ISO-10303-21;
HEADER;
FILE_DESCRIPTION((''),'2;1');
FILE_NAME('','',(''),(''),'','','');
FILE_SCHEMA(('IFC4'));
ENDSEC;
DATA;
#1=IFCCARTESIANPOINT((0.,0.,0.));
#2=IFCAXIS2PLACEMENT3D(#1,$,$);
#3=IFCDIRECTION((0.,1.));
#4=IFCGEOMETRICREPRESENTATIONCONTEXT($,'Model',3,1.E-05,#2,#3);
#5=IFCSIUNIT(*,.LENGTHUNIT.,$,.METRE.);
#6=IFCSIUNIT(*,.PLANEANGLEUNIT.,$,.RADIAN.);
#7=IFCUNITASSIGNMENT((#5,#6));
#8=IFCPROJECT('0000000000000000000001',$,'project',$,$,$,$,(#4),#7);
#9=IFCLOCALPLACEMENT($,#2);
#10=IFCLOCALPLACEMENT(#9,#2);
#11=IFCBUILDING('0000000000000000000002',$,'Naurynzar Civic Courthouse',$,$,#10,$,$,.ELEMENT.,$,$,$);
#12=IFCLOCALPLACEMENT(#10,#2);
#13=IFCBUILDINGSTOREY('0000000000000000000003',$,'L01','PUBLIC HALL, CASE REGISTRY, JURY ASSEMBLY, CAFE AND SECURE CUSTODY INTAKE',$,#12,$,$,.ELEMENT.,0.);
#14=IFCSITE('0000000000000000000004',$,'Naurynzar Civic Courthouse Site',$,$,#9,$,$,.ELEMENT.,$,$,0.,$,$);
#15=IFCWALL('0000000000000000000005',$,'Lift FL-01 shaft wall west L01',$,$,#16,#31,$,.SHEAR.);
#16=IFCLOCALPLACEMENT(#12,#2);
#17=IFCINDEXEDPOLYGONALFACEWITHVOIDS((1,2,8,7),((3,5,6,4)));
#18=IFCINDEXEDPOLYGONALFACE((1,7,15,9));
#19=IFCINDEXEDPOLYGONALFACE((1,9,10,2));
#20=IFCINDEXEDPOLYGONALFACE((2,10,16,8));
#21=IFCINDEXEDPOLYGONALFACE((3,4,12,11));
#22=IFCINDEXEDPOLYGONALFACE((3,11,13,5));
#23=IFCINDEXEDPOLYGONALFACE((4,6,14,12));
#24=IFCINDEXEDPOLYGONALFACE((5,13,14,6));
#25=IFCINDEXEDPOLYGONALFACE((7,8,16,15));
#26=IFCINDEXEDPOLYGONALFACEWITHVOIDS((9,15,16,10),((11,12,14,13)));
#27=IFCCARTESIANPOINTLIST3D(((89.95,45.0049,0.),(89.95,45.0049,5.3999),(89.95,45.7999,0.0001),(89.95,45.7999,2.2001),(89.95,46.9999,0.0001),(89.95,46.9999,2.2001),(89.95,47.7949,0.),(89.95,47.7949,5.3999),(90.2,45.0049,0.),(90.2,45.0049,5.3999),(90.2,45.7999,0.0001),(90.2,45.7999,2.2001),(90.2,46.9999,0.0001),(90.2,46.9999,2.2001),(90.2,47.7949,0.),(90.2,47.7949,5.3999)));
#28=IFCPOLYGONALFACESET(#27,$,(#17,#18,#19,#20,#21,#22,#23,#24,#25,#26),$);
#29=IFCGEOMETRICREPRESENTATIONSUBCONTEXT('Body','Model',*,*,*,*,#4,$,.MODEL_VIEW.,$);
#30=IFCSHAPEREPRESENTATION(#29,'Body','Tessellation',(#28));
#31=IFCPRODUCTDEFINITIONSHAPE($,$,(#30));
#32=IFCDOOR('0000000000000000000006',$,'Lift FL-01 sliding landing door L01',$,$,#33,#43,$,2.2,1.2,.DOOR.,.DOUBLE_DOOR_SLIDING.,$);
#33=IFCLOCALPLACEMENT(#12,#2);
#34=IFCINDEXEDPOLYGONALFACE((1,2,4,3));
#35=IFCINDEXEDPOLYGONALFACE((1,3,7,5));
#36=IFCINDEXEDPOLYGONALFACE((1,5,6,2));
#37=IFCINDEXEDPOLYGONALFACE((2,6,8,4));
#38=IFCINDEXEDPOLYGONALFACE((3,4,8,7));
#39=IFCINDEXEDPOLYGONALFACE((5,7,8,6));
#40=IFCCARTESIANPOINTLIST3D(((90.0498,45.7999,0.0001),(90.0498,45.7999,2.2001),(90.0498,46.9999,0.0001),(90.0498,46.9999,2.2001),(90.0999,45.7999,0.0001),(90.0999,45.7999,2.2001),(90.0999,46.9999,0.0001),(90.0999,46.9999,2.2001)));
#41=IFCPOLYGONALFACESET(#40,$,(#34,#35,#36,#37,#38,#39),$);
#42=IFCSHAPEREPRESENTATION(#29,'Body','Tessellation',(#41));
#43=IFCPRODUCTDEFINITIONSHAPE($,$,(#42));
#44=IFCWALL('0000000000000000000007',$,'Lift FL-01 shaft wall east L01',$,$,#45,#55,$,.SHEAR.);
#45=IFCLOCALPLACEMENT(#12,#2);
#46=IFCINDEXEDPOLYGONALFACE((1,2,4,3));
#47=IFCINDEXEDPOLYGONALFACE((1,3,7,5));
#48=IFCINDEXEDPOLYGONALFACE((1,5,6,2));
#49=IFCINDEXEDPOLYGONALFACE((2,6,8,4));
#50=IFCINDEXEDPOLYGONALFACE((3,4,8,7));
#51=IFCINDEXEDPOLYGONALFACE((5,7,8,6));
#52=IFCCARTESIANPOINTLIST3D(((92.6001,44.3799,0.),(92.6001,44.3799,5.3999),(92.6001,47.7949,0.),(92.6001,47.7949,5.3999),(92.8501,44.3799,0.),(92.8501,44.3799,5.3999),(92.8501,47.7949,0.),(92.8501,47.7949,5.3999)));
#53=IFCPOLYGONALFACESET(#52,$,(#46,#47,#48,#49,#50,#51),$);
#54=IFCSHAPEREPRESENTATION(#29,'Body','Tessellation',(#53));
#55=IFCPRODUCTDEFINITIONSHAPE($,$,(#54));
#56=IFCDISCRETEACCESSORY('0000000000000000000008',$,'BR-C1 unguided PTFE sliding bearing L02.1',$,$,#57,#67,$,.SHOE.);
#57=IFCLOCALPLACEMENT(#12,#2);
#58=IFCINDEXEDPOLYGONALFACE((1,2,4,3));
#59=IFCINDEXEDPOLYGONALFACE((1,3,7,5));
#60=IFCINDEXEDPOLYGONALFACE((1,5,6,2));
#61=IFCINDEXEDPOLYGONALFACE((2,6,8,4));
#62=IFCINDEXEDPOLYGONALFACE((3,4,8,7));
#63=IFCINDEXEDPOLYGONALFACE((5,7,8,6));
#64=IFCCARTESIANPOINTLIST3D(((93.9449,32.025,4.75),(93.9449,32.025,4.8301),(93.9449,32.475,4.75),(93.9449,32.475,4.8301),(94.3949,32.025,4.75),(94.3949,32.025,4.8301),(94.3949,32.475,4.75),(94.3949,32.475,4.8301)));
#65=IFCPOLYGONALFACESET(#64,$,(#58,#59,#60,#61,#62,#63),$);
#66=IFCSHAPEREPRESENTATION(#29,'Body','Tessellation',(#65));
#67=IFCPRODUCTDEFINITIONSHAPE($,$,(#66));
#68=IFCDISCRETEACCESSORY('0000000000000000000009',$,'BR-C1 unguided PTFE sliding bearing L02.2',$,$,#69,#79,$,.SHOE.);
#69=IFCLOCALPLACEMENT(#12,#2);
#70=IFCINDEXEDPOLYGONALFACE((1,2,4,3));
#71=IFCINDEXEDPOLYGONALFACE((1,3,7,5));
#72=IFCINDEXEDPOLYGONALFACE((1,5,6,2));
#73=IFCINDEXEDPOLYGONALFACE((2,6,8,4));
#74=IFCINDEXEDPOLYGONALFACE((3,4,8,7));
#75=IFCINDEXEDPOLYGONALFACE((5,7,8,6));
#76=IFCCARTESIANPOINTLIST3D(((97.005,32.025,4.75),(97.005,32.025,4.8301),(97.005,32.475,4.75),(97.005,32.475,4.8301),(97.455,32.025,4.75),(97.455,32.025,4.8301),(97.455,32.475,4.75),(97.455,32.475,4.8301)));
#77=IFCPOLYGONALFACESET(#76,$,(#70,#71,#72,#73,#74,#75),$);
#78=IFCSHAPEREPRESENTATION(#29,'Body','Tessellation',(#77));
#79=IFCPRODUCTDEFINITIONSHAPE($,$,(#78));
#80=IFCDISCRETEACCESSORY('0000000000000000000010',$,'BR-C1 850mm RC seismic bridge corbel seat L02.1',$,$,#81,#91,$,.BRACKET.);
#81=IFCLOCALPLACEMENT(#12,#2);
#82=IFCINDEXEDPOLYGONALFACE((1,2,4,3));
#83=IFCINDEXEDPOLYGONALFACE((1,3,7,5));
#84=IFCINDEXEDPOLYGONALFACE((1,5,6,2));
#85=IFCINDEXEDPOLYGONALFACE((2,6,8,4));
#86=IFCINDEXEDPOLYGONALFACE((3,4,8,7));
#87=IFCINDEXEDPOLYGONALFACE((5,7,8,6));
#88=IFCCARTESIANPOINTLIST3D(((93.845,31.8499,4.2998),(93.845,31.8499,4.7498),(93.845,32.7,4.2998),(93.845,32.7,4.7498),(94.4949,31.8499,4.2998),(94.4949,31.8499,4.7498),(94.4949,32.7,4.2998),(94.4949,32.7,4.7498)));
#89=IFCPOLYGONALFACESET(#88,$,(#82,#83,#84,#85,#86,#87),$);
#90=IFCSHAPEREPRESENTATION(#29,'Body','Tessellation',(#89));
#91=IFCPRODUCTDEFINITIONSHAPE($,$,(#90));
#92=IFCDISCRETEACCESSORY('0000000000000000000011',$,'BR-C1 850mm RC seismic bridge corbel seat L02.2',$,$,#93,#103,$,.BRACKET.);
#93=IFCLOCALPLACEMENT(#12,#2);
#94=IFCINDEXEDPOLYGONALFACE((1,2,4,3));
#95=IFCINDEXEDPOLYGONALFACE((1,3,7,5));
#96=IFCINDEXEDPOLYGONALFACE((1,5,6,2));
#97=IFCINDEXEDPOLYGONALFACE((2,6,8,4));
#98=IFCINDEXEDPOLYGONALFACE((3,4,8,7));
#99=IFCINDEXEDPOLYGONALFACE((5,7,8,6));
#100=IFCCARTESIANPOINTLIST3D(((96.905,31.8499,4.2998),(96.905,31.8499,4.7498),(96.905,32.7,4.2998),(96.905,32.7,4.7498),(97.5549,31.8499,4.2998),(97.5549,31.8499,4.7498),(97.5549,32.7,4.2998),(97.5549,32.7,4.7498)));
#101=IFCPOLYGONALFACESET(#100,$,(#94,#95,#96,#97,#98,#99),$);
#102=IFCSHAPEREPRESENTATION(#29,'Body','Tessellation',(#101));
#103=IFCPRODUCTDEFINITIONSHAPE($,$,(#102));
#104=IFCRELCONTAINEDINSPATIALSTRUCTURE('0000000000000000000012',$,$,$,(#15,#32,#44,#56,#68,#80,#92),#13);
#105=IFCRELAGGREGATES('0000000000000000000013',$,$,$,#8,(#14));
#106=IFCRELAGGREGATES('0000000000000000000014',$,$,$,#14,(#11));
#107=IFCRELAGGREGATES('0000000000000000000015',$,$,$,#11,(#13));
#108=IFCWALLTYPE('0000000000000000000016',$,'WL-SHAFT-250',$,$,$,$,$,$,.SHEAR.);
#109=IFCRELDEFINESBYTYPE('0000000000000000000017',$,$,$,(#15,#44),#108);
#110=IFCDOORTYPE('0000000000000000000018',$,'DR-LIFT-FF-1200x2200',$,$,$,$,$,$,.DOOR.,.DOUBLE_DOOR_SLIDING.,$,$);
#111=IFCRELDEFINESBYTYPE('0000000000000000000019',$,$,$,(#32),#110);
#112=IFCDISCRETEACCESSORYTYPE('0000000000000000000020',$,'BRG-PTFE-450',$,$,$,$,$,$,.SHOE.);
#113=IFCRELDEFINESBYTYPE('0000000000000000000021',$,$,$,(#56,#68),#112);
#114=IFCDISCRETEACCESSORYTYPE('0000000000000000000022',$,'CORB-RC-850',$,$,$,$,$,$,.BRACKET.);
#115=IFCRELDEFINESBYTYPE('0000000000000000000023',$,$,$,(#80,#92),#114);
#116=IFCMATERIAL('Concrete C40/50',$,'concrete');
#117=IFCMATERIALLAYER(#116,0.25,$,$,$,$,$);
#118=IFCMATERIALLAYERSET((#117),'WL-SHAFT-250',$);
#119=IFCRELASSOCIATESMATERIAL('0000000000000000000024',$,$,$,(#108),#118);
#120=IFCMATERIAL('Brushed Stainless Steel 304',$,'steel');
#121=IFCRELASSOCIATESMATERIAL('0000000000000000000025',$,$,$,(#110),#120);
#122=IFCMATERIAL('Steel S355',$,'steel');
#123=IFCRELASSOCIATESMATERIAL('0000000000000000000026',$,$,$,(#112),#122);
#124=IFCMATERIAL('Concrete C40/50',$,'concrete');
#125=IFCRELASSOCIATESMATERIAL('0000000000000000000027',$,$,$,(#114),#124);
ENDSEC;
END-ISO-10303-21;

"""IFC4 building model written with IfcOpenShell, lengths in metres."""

from ifc_helpers import new_model, si_unit, direction, frame, frame_2d, origin, origin_2d, place, context, subcontext, project, spatial, rectangle, extrude, material, layer, layer_set, type_object, element, fill, save


model = new_model("IFC4")

# Units and contexts
model_context = context("Model", 3, precision=1e-05, world=origin(), true_north=direction((0.0, 1.0)))
body_context = subcontext(model_context, "Body", "Model", "MODEL_VIEW")
ifc_project = project(units=[si_unit("LENGTHUNIT", "METRE"), si_unit("PLANEANGLEUNIT", "RADIAN")], contexts=[model_context])

# Site, building, storey
site_placement = place(None, origin())
site = spatial("IfcSite", under=ifc_project, at=site_placement, Name="Naurynzar Civic Courthouse Site", CompositionType="ELEMENT", RefElevation=0.0)
building_placement = place(site_placement, origin())
building = spatial("IfcBuilding", under=site, at=building_placement, Name="Naurynzar Civic Courthouse", CompositionType="ELEMENT")
storey_placement = place(building_placement, origin())
storey = spatial("IfcBuildingStorey", under=building, at=storey_placement, Name="L01", Description="PUBLIC HALL, CASE REGISTRY, JURY ASSEMBLY, CAFE AND SECURE CUSTODY INTAKE", CompositionType="ELEMENT", Elevation=0.0)

# Shared definitions
ifc_material_1 = material(Name="Concrete C40/50", Category="concrete")
ifc_layer_1 = layer(ifc_material_1, 0.25)
ifc_layer_set_1 = layer_set([ifc_layer_1], Name="WL-SHAFT-250")
wall_type_1 = type_object("IfcWallType", Name="WL-SHAFT-250", PredefinedType="SHEAR", material=ifc_layer_set_1)

# Wall, opening, door
wall_1_placement = place(storey_placement, frame((90.075, 47.7949, 0.0), z_axis=(0.0, 0.0, 1.0), x_axis=(0.0, -1.0, 0.0)))
wall_1 = element("IfcWall", 1, at=wall_1_placement, inside=storey, type_object=wall_type_1, Name="Lift FL-01 shaft wall west L01", PredefinedType="SHEAR", context=body_context, shape_type="SweptSolid", body=[
    extrude(rectangle(XDim=2.79, YDim=0.25, at=frame_2d((1.395, 0.0))), origin(), (0.0, 0.0, 1.0), 5.3999),
])
opening_placement = place(wall_1_placement, frame((0.7949, 0.0, 0.0)))
opening = element("IfcOpeningElement", 2, at=opening_placement, cuts=wall_1, PredefinedType="OPENING", context=body_context, shape_type="SweptSolid", body=[
    extrude(rectangle(XDim=1.2, YDim=2.2, at=frame_2d((0.6001, 1.1001))), frame((0.0, 0.135, 0.0), z_axis=(0.0, -1.0, 0.0), x_axis=(1.0, 0.0, 0.0)), (0.0, 0.0, 1.0), 0.27),
])
ifc_material_2 = material(Name="Brushed Stainless Steel 304", Category="steel")
door_type = type_object("IfcDoorType", Name="DR-LIFT-FF-1200x2200", OperationType="DOUBLE_DOOR_SLIDING", PredefinedType="DOOR", material=ifc_material_2)
door_placement = place(opening_placement, origin())
door = element("IfcDoor", 3, at=door_placement, inside=storey, type_object=door_type, Name="Lift FL-01 sliding landing door L01", OperationType="DOUBLE_DOOR_SLIDING", OverallHeight=2.2, OverallWidth=1.2, PredefinedType="DOOR", context=body_context, shape_type="SweptSolid", body=[
    extrude(rectangle(XDim=1.2, YDim=2.2, at=frame_2d((0.6001, 1.1001))), frame((0.0, 0.0249, 0.0), z_axis=(0.0, -1.0, 0.0), x_axis=(1.0, 0.0, 0.0)), (0.0, 0.0, 1.0), 0.05),
])
fill(opening, door)

# Wall
wall_2_placement = place(storey_placement, frame((92.7251, 44.3799, 0.0), z_axis=(0.0, 0.0, 1.0), x_axis=(0.0, 1.0, 0.0)))
element("IfcWall", 4, at=wall_2_placement, inside=storey, type_object=wall_type_1, Name="Lift FL-01 shaft wall east L01", PredefinedType="SHEAR", context=body_context, shape_type="SweptSolid", body=[
    extrude(rectangle(XDim=3.415, YDim=0.25, at=frame_2d((1.7075, 0.0))), origin(), (0.0, 0.0, 1.0), 5.3999),
])

# Discrete accessories
ifc_material_3 = material(Name="Steel S355", Category="steel")
discrete_accessory_type_1 = type_object("IfcDiscreteAccessoryType", Name="BRG-PTFE-450", PredefinedType="SHOE", material=ifc_material_3)
for number, where, z_axis, x_axis, name in (
    (5, (94.1699, 32.25, 4.75), (0.0, 0.0, 1.0), (1.0, 0.0, 0.0), "BR-C1 unguided PTFE sliding bearing L02.1"),
    (6, (97.23, 32.25, 4.75), (0.0, 0.0, 1.0), (1.0, 0.0, 0.0), "BR-C1 unguided PTFE sliding bearing L02.2"),
):
    element("IfcDiscreteAccessory", number, at=place(storey_placement, frame(where, z_axis=z_axis, x_axis=x_axis)), inside=storey, type_object=discrete_accessory_type_1, Name=name, PredefinedType="SHOE", context=body_context, shape_type="SweptSolid", body=[
        extrude(rectangle(XDim=0.45, YDim=0.45, at=origin_2d()), origin(), (0.0, 0.0, 1.0), 0.0801),
    ])
ifc_material_4 = material(Name="Concrete C40/50", Category="concrete")
discrete_accessory_type_2 = type_object("IfcDiscreteAccessoryType", Name="CORB-RC-850", PredefinedType="BRACKET", material=ifc_material_4)
for number, where, z_axis, x_axis, name in (
    (7, (94.1699, 32.2749, 4.2998), (0.0, 0.0, 1.0), (1.0, 0.0, 0.0), "BR-C1 850mm RC seismic bridge corbel seat L02.1"),
    (8, (97.23, 32.2749, 4.2998), (0.0, 0.0, 1.0), (1.0, 0.0, 0.0), "BR-C1 850mm RC seismic bridge corbel seat L02.2"),
):
    element("IfcDiscreteAccessory", number, at=place(storey_placement, frame(where, z_axis=z_axis, x_axis=x_axis)), inside=storey, type_object=discrete_accessory_type_2, Name=name, PredefinedType="BRACKET", context=body_context, shape_type="SweptSolid", body=[
        extrude(rectangle(XDim=0.6499, YDim=0.8501, at=origin_2d()), origin(), (0.0, 0.0, 1.0), 0.45),
    ])

save(model, "model.ifc")
